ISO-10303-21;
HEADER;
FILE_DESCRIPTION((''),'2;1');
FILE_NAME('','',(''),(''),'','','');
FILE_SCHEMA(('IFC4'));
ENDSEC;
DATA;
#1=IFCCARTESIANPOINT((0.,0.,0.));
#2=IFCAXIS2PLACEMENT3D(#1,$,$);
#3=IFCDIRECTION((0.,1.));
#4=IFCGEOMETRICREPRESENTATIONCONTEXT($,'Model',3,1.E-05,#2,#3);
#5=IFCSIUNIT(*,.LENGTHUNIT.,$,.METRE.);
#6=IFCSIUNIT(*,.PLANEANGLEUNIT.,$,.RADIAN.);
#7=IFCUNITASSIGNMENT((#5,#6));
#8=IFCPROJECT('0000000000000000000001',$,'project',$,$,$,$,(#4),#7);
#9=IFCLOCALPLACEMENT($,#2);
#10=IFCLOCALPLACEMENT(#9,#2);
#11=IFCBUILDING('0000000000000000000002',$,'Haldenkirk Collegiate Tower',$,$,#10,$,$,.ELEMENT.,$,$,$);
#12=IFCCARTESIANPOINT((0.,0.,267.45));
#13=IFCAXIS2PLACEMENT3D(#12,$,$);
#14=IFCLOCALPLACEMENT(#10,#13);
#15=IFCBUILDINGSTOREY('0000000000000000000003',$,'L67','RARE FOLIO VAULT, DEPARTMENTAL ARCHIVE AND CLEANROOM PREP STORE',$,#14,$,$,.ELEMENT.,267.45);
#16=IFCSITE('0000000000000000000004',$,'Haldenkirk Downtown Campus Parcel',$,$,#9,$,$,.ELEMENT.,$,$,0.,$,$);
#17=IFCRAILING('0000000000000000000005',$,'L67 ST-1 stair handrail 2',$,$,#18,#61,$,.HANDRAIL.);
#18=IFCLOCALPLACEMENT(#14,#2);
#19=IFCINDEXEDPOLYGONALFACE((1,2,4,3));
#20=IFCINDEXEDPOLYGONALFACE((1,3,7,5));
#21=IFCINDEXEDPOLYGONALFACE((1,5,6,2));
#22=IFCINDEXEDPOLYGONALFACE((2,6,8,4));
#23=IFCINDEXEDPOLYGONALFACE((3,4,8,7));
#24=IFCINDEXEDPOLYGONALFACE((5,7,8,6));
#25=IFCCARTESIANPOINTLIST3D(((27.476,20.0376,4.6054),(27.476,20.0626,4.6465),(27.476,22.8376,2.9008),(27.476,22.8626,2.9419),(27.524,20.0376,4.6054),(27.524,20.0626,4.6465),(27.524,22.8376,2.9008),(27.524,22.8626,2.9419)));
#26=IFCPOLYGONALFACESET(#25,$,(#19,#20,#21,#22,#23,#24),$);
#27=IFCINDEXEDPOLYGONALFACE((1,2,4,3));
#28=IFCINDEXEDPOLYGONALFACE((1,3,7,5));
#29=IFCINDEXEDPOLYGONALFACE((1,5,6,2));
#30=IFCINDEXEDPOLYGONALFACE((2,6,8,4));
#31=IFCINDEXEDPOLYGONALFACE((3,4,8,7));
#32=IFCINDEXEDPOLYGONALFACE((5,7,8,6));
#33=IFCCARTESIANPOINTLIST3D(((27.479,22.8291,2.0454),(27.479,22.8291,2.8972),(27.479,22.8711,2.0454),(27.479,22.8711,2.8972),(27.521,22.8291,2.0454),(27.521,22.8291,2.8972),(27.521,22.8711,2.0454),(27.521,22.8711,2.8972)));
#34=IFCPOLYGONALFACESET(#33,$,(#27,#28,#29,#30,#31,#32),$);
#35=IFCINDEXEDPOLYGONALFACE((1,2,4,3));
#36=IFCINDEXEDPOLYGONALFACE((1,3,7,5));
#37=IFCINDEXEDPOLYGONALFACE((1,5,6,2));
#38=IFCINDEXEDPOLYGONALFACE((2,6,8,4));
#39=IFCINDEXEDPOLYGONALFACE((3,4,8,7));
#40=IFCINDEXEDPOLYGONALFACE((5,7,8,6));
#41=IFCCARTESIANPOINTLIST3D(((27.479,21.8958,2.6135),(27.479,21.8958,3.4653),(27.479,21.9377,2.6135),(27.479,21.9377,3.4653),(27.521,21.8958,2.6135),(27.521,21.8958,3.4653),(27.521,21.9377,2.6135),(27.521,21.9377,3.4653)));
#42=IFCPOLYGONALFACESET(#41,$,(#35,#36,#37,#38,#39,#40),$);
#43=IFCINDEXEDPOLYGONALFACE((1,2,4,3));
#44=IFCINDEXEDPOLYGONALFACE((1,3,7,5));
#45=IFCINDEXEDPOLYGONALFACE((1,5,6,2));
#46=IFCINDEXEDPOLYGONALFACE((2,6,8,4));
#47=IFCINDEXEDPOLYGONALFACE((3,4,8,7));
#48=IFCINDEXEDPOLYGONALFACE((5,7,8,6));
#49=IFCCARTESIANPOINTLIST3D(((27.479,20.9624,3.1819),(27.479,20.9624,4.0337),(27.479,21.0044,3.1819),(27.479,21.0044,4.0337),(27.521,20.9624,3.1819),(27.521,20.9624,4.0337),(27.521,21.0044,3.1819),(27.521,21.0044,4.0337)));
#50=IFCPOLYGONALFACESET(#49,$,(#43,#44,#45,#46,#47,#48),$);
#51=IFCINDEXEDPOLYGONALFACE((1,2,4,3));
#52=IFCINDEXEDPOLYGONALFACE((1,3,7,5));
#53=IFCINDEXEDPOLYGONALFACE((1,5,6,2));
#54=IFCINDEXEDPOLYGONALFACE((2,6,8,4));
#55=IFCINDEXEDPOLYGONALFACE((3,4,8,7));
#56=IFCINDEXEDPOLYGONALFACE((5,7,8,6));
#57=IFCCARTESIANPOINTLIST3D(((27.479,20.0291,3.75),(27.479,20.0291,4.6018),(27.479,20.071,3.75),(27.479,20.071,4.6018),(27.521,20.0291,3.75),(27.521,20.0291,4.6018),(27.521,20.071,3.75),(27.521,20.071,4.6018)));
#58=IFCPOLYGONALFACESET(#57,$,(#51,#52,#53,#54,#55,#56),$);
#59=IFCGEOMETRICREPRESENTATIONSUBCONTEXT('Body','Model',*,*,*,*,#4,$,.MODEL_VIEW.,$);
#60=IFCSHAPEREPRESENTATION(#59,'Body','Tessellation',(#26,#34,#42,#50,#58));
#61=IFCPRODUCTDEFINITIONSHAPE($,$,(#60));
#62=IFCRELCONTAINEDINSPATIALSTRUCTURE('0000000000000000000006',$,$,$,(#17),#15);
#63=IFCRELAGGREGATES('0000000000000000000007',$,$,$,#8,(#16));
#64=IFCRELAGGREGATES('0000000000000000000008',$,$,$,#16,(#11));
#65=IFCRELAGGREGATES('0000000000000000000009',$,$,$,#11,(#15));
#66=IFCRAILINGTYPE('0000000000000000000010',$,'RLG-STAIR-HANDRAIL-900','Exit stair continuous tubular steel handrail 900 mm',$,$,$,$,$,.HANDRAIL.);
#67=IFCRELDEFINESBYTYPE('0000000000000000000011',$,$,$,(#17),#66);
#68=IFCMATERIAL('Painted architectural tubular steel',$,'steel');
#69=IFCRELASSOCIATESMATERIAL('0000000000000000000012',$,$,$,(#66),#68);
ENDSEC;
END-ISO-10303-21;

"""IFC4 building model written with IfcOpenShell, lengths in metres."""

from ifc_helpers import new_model, si_unit, direction, frame, origin, origin_2d, place, context, subcontext, project, spatial, rectangle, extrude, material, type_object, element, save


model = new_model("IFC4")

# Units and contexts
model_context = context("Model", 3, precision=1e-05, world=origin(), true_north=direction((0.0, 1.0)))
body_context = subcontext(model_context, "Body", "Model", "MODEL_VIEW")
ifc_project = project(units=[si_unit("LENGTHUNIT", "METRE"), si_unit("PLANEANGLEUNIT", "RADIAN")], contexts=[model_context])

# Site, building, storey
site_placement = place(None, origin())
site = spatial("IfcSite", under=ifc_project, at=site_placement, Name="Haldenkirk Downtown Campus Parcel", CompositionType="ELEMENT", RefElevation=0.0)
building_placement = place(site_placement, origin())
building = spatial("IfcBuilding", under=site, at=building_placement, Name="Haldenkirk Collegiate Tower", CompositionType="ELEMENT")
storey_placement = place(building_placement, frame((0.0, 0.0, 267.45)))
storey = spatial("IfcBuildingStorey", under=building, at=storey_placement, Name="L67", Description="RARE FOLIO VAULT, DEPARTMENTAL ARCHIVE AND CLEANROOM PREP STORE", CompositionType="ELEMENT", Elevation=267.45)

# Railing
ifc_material_1 = material(Name="Painted architectural tubular steel", Category="steel")
railing_type_1 = type_object("IfcRailingType", Name="RLG-STAIR-HANDRAIL-900", Description="Exit stair continuous tubular steel handrail 900 mm", PredefinedType="HANDRAIL", material=ifc_material_1)
railing_1_placement = place(storey_placement, frame((27.5, 22.8501, 2.0454)))
element("IfcRailing", 1, at=railing_1_placement, inside=storey, type_object=railing_type_1, Name="L67 ST-1 stair handrail 2", PredefinedType="HANDRAIL", context=body_context, shape_type="SweptSolid", body=[
    extrude(rectangle(XDim=0.0481, YDim=0.0481, at=origin_2d()), frame((0.0, 0.0, 0.876), z_axis=(0.0, -0.85417, 0.519994), x_axis=(1.0, 0.0, 0.0)), (0.0, 0.0, 1.0), 3.2781),
    extrude(rectangle(XDim=0.042, YDim=0.042, at=origin_2d()), origin(), (0.0, 0.0, 1.0), 0.8518),
    extrude(rectangle(XDim=0.042, YDim=0.042, at=origin_2d()), frame((0.0, -0.9333, 0.5681)), (0.0, 0.0, 1.0), 0.8518),
    extrude(rectangle(XDim=0.042, YDim=0.042, at=origin_2d()), frame((0.0, -1.8667, 1.1365)), (0.0, 0.0, 1.0), 0.8518),
    extrude(rectangle(XDim=0.042, YDim=0.042, at=origin_2d()), frame((0.0, -2.8, 1.7046)), (0.0, 0.0, 1.0), 0.8518),
])

save(model, "model.ifc")
